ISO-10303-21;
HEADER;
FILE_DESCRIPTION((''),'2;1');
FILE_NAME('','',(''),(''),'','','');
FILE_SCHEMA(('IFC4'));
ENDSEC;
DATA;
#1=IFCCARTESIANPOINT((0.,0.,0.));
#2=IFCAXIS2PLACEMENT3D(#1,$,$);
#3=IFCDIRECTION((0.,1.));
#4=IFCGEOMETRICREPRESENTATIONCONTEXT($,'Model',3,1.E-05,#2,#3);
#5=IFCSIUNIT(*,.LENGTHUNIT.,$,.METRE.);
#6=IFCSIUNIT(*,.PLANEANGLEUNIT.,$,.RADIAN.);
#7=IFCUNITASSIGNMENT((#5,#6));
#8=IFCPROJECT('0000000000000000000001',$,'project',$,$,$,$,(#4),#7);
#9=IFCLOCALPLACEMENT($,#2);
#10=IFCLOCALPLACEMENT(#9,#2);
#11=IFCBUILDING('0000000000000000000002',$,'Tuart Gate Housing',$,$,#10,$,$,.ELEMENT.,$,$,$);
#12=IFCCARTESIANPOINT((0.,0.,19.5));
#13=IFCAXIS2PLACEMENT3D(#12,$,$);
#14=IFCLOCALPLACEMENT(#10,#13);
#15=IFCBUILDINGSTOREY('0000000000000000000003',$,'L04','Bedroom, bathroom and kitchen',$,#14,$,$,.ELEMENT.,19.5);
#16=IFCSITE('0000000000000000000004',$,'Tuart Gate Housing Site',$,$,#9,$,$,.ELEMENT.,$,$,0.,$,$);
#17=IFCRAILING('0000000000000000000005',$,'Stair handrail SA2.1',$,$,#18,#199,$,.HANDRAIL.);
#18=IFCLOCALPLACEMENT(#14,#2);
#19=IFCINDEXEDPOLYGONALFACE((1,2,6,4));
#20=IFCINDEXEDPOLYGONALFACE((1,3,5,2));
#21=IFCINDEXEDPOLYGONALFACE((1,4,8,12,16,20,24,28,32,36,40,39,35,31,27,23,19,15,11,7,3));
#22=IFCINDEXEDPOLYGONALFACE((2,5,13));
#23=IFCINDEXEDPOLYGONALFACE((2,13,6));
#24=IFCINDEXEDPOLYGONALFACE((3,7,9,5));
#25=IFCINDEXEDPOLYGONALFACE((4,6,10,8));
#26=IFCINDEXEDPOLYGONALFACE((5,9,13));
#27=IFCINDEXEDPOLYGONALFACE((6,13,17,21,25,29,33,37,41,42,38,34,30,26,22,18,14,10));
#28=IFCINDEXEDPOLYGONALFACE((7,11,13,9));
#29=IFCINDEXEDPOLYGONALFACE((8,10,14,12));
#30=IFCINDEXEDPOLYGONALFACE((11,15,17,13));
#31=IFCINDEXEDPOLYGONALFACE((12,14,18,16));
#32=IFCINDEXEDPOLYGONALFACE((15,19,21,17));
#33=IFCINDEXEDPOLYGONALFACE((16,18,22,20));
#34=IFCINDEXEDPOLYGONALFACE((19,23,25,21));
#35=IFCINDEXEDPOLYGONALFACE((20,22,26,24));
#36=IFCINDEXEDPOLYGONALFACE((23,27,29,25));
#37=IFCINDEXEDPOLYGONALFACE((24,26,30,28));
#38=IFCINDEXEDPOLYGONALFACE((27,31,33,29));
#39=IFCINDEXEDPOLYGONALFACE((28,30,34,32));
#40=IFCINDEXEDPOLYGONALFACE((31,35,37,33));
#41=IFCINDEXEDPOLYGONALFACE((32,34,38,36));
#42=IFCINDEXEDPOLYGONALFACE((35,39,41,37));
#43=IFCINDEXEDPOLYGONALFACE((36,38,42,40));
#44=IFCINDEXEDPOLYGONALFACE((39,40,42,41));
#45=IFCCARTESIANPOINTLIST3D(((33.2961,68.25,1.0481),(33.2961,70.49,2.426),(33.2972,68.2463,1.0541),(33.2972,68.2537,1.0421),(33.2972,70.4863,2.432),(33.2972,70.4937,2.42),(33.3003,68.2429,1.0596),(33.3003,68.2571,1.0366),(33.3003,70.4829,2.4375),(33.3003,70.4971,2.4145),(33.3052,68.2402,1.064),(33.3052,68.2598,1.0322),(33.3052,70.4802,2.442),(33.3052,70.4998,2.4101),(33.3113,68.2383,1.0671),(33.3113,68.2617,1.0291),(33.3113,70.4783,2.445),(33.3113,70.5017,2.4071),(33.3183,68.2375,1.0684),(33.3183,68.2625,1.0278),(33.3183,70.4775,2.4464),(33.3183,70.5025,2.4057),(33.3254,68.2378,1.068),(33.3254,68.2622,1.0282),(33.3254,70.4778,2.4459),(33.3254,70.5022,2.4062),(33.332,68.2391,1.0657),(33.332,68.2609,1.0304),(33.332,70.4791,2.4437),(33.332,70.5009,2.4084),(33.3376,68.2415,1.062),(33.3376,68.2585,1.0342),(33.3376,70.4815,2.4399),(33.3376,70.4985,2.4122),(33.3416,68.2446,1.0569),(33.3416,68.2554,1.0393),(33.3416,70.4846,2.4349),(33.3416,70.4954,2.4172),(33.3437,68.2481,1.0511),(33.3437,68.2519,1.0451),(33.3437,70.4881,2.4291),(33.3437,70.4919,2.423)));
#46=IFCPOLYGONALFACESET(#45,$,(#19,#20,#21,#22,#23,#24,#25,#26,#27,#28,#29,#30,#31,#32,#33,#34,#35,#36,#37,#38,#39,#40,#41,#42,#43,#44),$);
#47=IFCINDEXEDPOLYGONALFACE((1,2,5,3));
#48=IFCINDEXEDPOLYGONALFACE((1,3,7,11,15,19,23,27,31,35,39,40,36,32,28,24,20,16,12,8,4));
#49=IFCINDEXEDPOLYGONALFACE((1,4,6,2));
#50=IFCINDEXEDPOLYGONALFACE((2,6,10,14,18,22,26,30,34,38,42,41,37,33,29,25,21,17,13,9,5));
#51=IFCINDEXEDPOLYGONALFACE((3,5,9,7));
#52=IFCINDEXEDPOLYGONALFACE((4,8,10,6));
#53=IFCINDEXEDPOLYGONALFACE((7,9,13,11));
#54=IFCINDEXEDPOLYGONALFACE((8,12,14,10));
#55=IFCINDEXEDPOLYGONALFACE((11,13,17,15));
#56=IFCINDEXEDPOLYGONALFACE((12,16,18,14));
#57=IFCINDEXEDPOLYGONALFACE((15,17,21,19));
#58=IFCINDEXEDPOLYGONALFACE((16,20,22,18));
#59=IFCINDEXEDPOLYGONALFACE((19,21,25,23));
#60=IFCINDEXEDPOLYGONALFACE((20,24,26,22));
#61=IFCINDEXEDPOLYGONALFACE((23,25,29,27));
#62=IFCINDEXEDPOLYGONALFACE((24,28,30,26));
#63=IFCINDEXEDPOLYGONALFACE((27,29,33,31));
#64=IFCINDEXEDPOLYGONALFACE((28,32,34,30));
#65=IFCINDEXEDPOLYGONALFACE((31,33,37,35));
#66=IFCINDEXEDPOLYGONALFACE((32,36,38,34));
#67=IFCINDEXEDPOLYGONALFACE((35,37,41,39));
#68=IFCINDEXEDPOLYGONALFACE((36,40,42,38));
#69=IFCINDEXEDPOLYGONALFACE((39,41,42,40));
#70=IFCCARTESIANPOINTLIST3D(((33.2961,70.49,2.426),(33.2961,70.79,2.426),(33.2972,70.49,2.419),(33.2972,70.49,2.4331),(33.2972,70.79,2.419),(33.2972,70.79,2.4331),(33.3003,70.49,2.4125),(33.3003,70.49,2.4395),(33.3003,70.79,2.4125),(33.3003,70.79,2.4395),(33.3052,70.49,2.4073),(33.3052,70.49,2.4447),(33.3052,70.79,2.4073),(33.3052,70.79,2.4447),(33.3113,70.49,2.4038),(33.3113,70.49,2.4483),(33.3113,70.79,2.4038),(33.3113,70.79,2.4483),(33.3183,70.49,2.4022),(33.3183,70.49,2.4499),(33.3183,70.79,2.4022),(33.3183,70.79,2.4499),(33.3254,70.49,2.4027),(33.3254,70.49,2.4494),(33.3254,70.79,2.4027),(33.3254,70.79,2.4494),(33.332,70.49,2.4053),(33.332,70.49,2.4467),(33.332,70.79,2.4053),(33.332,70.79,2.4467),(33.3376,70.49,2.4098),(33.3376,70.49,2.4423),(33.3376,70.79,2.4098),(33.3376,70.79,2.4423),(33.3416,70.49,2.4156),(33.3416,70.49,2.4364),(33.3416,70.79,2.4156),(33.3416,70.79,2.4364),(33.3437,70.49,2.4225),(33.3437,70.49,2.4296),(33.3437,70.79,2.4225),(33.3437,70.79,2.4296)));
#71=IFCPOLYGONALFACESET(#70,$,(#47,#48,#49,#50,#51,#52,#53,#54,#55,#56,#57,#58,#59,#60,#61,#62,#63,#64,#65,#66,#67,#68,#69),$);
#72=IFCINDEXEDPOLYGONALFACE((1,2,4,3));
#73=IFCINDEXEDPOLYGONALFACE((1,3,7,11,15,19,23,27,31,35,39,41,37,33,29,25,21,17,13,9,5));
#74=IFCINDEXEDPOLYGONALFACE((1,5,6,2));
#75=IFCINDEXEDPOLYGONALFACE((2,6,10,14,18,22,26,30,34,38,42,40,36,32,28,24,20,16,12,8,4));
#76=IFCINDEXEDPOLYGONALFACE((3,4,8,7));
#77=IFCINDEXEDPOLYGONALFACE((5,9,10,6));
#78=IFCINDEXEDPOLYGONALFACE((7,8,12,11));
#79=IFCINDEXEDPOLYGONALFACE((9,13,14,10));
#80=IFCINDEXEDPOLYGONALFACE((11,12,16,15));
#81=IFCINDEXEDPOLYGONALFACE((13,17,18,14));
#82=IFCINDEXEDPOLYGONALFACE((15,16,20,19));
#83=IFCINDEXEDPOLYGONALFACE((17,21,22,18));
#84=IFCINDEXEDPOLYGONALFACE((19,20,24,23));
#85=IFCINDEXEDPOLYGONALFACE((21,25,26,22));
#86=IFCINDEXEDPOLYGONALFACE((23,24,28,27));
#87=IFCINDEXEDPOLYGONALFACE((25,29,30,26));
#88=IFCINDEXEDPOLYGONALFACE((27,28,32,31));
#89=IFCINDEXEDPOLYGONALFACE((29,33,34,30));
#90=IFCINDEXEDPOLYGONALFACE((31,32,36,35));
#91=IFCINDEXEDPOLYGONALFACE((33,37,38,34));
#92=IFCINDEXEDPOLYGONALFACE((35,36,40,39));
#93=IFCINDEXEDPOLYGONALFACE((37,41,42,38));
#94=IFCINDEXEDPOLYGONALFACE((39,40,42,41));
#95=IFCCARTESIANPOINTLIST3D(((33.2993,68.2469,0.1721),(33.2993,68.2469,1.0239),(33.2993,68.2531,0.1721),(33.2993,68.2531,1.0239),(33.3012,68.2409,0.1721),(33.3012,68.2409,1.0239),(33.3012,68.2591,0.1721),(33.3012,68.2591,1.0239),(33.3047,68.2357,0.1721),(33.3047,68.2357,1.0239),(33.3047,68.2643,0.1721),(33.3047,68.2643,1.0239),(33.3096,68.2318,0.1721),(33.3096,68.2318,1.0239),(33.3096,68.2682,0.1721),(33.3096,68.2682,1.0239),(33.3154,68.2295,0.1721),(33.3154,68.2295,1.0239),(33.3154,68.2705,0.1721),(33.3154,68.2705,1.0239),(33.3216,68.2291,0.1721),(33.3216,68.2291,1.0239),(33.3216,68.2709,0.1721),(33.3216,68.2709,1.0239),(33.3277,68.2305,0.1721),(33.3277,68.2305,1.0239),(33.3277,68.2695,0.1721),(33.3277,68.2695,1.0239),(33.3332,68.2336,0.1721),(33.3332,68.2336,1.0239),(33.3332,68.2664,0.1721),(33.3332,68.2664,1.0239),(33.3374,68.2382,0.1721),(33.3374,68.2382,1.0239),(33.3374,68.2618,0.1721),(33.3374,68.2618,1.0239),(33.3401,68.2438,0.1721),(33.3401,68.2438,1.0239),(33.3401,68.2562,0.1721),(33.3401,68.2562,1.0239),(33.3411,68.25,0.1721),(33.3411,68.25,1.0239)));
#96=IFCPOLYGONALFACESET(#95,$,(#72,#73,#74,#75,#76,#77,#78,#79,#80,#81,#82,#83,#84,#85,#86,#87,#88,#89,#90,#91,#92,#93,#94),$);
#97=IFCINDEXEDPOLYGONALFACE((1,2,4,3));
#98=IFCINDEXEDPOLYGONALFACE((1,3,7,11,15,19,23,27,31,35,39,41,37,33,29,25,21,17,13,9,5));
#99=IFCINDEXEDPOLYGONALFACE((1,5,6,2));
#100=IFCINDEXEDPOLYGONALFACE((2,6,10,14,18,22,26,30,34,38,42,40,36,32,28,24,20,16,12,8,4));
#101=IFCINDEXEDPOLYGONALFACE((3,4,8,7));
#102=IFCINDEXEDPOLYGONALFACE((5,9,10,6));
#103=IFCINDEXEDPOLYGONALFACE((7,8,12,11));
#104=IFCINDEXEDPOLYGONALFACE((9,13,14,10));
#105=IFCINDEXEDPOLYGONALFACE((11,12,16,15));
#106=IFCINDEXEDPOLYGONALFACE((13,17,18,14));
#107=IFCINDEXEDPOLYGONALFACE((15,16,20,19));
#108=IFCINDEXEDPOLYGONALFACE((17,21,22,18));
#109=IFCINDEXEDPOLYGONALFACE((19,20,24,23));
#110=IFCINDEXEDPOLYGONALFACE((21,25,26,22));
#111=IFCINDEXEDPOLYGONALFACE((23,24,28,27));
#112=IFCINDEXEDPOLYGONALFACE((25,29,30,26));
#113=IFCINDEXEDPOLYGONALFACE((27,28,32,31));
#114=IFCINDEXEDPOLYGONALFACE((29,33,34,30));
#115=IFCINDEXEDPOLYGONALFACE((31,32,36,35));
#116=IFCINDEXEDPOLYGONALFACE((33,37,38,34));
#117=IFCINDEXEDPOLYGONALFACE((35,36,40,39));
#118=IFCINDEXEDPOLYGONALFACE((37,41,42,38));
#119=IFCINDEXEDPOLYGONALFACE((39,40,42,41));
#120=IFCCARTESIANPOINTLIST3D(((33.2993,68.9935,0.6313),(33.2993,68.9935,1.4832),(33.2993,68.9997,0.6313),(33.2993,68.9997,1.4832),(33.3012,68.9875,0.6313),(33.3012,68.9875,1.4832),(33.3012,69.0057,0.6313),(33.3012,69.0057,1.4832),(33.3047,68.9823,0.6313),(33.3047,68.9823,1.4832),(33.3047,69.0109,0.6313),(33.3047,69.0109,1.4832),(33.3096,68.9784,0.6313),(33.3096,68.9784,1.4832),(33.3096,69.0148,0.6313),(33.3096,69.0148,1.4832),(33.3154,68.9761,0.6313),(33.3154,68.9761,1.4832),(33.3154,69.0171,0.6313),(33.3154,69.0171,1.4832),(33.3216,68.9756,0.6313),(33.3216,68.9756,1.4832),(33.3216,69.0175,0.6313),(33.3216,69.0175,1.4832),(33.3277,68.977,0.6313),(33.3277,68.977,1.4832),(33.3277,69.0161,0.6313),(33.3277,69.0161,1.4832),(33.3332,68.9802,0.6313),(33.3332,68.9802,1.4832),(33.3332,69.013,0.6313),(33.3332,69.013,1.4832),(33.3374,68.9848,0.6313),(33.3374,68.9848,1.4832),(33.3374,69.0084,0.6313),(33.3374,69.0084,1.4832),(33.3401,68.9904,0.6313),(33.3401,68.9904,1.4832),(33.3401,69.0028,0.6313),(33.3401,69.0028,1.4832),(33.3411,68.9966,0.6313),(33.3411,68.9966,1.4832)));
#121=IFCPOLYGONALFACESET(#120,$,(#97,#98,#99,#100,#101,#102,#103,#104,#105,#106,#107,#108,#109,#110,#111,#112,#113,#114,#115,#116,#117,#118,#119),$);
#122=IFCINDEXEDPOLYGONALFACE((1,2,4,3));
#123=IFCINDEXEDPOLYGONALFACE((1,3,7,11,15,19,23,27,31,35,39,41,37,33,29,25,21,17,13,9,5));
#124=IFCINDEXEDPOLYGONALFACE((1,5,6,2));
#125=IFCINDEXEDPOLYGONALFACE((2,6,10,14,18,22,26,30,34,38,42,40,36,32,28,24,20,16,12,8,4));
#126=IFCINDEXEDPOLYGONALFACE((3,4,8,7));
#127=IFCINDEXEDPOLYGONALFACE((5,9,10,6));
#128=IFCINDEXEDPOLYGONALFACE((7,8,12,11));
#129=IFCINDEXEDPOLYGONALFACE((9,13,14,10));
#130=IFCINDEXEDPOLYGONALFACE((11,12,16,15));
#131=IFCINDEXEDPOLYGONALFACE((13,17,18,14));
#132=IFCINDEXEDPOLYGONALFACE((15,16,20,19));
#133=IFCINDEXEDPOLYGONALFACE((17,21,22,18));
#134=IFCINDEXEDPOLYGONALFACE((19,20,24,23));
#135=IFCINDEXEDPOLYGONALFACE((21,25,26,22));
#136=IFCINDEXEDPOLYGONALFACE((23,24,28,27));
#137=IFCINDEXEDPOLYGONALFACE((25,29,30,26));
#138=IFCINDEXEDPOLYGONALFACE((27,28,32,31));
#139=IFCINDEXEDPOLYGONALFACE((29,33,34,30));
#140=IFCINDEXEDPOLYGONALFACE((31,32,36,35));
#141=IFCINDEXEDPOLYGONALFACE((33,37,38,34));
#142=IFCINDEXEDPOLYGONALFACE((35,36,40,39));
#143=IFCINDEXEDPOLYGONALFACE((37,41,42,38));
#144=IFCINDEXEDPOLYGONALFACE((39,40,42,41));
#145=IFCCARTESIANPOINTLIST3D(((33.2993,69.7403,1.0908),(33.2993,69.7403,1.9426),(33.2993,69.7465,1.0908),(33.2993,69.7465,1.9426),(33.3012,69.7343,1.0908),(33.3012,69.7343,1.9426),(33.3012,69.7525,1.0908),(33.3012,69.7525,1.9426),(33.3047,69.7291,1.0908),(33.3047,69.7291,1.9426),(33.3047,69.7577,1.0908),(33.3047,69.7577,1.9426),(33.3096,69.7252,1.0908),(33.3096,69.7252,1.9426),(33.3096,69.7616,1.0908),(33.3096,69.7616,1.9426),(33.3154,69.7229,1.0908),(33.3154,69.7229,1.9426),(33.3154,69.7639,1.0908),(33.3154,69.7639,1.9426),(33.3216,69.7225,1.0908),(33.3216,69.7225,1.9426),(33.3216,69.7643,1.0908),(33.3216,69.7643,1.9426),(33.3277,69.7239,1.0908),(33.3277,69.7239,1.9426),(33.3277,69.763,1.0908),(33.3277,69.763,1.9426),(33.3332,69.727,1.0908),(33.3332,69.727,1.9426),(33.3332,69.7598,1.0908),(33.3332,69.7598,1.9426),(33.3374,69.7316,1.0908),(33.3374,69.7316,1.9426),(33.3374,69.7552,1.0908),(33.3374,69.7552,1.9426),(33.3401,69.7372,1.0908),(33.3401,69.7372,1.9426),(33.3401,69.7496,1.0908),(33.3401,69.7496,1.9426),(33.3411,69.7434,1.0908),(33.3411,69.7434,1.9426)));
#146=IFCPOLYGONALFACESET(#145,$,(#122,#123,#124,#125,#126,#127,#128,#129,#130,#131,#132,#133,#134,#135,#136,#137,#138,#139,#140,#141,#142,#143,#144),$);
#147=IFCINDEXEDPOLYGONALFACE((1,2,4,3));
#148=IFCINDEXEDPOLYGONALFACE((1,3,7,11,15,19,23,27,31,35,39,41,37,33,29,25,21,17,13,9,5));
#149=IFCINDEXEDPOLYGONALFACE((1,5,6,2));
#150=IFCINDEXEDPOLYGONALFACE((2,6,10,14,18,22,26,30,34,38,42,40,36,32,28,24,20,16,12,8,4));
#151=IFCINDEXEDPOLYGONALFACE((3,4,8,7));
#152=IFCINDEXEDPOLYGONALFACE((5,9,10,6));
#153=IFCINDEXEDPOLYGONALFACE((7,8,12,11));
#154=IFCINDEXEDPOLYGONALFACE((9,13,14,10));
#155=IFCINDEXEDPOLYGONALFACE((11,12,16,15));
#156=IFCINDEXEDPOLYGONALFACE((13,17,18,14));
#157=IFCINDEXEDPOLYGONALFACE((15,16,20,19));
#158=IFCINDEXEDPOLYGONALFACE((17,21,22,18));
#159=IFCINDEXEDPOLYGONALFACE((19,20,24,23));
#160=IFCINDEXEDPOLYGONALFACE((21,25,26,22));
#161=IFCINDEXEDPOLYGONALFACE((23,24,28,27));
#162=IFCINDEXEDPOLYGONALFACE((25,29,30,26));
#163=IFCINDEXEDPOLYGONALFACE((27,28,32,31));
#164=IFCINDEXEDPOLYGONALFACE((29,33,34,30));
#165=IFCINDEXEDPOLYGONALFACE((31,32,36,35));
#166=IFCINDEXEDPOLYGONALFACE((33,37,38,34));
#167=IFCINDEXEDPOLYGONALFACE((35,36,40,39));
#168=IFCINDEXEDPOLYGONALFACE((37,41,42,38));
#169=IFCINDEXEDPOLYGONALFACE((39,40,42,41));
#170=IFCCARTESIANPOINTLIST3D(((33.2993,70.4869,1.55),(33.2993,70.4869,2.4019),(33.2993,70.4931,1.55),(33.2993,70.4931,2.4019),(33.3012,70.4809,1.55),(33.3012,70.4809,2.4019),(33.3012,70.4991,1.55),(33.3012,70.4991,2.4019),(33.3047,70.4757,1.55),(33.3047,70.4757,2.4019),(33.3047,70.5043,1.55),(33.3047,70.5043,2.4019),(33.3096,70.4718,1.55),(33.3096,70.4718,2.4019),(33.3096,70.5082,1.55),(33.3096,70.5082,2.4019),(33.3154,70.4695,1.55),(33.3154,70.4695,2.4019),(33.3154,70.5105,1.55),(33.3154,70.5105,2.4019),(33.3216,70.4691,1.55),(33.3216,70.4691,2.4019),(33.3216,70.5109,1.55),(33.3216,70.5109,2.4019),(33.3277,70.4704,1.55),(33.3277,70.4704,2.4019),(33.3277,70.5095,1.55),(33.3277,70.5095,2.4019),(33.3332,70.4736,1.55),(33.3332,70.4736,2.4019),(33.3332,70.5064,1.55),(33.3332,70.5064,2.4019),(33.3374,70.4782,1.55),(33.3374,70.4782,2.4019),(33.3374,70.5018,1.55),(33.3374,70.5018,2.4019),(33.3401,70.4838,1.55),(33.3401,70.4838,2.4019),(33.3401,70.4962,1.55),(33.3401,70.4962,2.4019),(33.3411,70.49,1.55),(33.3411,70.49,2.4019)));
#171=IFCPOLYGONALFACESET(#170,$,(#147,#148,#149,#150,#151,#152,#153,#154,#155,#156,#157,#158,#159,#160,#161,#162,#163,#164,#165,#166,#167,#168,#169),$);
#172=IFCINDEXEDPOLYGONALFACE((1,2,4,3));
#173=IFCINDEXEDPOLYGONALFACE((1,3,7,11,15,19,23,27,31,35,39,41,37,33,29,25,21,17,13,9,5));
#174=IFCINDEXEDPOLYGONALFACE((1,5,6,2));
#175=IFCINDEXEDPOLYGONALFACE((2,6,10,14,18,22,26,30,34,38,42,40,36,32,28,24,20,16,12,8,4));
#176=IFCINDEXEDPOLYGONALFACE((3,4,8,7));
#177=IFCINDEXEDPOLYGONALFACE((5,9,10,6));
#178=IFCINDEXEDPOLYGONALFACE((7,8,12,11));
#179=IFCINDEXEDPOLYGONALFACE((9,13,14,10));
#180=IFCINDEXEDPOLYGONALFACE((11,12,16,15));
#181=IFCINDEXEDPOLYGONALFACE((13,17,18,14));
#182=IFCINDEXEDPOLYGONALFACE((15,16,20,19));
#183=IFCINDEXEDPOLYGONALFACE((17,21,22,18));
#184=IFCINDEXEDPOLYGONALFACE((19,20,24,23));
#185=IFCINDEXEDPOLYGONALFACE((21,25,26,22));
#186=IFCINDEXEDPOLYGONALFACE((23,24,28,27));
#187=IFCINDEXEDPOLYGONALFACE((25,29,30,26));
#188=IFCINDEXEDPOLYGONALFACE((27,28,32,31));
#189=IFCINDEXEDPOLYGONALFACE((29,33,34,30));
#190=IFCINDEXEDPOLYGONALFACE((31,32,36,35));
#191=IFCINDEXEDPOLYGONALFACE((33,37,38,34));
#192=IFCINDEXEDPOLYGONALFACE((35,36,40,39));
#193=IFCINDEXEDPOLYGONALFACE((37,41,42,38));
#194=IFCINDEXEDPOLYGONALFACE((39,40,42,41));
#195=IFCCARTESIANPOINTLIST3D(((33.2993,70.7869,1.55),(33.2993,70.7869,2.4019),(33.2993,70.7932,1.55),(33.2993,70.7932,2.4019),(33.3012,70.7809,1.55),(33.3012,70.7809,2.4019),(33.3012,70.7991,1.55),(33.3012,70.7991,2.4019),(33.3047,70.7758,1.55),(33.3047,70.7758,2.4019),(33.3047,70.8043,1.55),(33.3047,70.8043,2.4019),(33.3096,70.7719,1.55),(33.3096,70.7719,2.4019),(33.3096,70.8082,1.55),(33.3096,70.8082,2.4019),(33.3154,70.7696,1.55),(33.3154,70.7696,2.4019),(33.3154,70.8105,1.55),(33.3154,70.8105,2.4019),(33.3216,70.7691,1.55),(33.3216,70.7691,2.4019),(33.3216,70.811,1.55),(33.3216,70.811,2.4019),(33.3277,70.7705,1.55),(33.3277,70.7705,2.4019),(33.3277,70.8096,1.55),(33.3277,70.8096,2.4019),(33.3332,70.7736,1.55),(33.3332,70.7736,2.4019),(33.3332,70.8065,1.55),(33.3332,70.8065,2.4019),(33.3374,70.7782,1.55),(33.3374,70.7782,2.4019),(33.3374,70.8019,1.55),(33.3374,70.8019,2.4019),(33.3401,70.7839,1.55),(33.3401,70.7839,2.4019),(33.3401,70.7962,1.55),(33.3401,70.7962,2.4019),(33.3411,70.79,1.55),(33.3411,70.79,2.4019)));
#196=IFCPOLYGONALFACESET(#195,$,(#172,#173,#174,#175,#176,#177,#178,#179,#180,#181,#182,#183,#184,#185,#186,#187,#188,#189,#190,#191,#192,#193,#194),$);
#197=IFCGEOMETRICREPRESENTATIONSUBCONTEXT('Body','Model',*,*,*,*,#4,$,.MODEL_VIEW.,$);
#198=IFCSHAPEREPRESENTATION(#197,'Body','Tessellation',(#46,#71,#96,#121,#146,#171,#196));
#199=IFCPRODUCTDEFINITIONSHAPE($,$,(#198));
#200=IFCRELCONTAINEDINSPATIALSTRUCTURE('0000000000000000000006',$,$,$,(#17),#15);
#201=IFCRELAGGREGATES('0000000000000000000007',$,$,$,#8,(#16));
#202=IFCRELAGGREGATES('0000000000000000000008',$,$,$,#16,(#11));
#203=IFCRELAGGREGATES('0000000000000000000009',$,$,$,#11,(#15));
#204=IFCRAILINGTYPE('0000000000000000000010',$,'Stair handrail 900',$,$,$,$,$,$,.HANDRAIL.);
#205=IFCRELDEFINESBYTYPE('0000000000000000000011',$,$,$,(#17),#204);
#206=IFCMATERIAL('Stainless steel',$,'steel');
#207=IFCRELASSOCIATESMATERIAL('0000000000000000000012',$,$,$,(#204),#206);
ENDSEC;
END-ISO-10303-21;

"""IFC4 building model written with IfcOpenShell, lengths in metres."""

from ifc_helpers import new_model, si_unit, direction, frame, origin, origin_2d, place, context, subcontext, project, spatial, circle, extrude, material, type_object, element, save


model = new_model("IFC4")

# Units and contexts
model_context = context("Model", 3, precision=1e-05, world=origin(), true_north=direction((0.0, 1.0)))
body_context = subcontext(model_context, "Body", "Model", "MODEL_VIEW")
ifc_project = project(units=[si_unit("LENGTHUNIT", "METRE"), si_unit("PLANEANGLEUNIT", "RADIAN")], contexts=[model_context])

# Site, building, storey
site_placement = place(None, origin())
site = spatial("IfcSite", under=ifc_project, at=site_placement, Name="Tuart Gate Housing Site", CompositionType="ELEMENT", RefElevation=0.0)
building_placement = place(site_placement, origin())
building = spatial("IfcBuilding", under=site, at=building_placement, Name="Tuart Gate Housing", CompositionType="ELEMENT")
storey_placement = place(building_placement, frame((0.0, 0.0, 19.5)))
storey = spatial("IfcBuildingStorey", under=building, at=storey_placement, Name="L04", Description="Bedroom, bathroom and kitchen", CompositionType="ELEMENT", Elevation=19.5)

# Railing
ifc_material_1 = material(Name="Stainless steel", Category="steel")
railing_type = type_object("IfcRailingType", Name="Stair handrail 900", PredefinedType="HANDRAIL", material=ifc_material_1)
railing_placement = place(storey_placement, frame((33.3201, 68.25, 0.1721)))
element("IfcRailing", 1, at=railing_placement, inside=storey, type_object=railing_type, Name="Stair handrail SA2.1", PredefinedType="HANDRAIL", context=body_context, shape_type="SweptSolid", body=[
    extrude(circle(Radius=0.0239, at=origin_2d()), frame((0.0, 0.0, 0.876), z_axis=(0.0, 0.851748, 0.523952), x_axis=(-1.0, 0.0, 0.0)), (0.0, 0.0, 1.0), 2.6299),
    extrude(circle(Radius=0.0239, at=origin_2d()), frame((0.0, 2.24, 2.2539), z_axis=(0.0, 1.0, 0.0), x_axis=(-1.0, 0.0, 0.0)), (0.0, 0.0, 1.0), 0.3),
    extrude(circle(Radius=0.021, at=origin_2d()), origin(), (0.0, 0.0, 1.0), 0.8518),
    extrude(circle(Radius=0.021, at=origin_2d()), frame((0.0, 0.7466, 0.4592)), (0.0, 0.0, 1.0), 0.8518),
    extrude(circle(Radius=0.021, at=origin_2d()), frame((0.0, 1.4934, 0.9187)), (0.0, 0.0, 1.0), 0.8518),
    extrude(circle(Radius=0.021, at=origin_2d()), frame((0.0, 2.24, 1.3779)), (0.0, 0.0, 1.0), 0.8518),
    extrude(circle(Radius=0.021, at=origin_2d()), frame((0.0, 2.54, 1.3779)), (0.0, 0.0, 1.0), 0.8518),
])

save(model, "model.ifc")
